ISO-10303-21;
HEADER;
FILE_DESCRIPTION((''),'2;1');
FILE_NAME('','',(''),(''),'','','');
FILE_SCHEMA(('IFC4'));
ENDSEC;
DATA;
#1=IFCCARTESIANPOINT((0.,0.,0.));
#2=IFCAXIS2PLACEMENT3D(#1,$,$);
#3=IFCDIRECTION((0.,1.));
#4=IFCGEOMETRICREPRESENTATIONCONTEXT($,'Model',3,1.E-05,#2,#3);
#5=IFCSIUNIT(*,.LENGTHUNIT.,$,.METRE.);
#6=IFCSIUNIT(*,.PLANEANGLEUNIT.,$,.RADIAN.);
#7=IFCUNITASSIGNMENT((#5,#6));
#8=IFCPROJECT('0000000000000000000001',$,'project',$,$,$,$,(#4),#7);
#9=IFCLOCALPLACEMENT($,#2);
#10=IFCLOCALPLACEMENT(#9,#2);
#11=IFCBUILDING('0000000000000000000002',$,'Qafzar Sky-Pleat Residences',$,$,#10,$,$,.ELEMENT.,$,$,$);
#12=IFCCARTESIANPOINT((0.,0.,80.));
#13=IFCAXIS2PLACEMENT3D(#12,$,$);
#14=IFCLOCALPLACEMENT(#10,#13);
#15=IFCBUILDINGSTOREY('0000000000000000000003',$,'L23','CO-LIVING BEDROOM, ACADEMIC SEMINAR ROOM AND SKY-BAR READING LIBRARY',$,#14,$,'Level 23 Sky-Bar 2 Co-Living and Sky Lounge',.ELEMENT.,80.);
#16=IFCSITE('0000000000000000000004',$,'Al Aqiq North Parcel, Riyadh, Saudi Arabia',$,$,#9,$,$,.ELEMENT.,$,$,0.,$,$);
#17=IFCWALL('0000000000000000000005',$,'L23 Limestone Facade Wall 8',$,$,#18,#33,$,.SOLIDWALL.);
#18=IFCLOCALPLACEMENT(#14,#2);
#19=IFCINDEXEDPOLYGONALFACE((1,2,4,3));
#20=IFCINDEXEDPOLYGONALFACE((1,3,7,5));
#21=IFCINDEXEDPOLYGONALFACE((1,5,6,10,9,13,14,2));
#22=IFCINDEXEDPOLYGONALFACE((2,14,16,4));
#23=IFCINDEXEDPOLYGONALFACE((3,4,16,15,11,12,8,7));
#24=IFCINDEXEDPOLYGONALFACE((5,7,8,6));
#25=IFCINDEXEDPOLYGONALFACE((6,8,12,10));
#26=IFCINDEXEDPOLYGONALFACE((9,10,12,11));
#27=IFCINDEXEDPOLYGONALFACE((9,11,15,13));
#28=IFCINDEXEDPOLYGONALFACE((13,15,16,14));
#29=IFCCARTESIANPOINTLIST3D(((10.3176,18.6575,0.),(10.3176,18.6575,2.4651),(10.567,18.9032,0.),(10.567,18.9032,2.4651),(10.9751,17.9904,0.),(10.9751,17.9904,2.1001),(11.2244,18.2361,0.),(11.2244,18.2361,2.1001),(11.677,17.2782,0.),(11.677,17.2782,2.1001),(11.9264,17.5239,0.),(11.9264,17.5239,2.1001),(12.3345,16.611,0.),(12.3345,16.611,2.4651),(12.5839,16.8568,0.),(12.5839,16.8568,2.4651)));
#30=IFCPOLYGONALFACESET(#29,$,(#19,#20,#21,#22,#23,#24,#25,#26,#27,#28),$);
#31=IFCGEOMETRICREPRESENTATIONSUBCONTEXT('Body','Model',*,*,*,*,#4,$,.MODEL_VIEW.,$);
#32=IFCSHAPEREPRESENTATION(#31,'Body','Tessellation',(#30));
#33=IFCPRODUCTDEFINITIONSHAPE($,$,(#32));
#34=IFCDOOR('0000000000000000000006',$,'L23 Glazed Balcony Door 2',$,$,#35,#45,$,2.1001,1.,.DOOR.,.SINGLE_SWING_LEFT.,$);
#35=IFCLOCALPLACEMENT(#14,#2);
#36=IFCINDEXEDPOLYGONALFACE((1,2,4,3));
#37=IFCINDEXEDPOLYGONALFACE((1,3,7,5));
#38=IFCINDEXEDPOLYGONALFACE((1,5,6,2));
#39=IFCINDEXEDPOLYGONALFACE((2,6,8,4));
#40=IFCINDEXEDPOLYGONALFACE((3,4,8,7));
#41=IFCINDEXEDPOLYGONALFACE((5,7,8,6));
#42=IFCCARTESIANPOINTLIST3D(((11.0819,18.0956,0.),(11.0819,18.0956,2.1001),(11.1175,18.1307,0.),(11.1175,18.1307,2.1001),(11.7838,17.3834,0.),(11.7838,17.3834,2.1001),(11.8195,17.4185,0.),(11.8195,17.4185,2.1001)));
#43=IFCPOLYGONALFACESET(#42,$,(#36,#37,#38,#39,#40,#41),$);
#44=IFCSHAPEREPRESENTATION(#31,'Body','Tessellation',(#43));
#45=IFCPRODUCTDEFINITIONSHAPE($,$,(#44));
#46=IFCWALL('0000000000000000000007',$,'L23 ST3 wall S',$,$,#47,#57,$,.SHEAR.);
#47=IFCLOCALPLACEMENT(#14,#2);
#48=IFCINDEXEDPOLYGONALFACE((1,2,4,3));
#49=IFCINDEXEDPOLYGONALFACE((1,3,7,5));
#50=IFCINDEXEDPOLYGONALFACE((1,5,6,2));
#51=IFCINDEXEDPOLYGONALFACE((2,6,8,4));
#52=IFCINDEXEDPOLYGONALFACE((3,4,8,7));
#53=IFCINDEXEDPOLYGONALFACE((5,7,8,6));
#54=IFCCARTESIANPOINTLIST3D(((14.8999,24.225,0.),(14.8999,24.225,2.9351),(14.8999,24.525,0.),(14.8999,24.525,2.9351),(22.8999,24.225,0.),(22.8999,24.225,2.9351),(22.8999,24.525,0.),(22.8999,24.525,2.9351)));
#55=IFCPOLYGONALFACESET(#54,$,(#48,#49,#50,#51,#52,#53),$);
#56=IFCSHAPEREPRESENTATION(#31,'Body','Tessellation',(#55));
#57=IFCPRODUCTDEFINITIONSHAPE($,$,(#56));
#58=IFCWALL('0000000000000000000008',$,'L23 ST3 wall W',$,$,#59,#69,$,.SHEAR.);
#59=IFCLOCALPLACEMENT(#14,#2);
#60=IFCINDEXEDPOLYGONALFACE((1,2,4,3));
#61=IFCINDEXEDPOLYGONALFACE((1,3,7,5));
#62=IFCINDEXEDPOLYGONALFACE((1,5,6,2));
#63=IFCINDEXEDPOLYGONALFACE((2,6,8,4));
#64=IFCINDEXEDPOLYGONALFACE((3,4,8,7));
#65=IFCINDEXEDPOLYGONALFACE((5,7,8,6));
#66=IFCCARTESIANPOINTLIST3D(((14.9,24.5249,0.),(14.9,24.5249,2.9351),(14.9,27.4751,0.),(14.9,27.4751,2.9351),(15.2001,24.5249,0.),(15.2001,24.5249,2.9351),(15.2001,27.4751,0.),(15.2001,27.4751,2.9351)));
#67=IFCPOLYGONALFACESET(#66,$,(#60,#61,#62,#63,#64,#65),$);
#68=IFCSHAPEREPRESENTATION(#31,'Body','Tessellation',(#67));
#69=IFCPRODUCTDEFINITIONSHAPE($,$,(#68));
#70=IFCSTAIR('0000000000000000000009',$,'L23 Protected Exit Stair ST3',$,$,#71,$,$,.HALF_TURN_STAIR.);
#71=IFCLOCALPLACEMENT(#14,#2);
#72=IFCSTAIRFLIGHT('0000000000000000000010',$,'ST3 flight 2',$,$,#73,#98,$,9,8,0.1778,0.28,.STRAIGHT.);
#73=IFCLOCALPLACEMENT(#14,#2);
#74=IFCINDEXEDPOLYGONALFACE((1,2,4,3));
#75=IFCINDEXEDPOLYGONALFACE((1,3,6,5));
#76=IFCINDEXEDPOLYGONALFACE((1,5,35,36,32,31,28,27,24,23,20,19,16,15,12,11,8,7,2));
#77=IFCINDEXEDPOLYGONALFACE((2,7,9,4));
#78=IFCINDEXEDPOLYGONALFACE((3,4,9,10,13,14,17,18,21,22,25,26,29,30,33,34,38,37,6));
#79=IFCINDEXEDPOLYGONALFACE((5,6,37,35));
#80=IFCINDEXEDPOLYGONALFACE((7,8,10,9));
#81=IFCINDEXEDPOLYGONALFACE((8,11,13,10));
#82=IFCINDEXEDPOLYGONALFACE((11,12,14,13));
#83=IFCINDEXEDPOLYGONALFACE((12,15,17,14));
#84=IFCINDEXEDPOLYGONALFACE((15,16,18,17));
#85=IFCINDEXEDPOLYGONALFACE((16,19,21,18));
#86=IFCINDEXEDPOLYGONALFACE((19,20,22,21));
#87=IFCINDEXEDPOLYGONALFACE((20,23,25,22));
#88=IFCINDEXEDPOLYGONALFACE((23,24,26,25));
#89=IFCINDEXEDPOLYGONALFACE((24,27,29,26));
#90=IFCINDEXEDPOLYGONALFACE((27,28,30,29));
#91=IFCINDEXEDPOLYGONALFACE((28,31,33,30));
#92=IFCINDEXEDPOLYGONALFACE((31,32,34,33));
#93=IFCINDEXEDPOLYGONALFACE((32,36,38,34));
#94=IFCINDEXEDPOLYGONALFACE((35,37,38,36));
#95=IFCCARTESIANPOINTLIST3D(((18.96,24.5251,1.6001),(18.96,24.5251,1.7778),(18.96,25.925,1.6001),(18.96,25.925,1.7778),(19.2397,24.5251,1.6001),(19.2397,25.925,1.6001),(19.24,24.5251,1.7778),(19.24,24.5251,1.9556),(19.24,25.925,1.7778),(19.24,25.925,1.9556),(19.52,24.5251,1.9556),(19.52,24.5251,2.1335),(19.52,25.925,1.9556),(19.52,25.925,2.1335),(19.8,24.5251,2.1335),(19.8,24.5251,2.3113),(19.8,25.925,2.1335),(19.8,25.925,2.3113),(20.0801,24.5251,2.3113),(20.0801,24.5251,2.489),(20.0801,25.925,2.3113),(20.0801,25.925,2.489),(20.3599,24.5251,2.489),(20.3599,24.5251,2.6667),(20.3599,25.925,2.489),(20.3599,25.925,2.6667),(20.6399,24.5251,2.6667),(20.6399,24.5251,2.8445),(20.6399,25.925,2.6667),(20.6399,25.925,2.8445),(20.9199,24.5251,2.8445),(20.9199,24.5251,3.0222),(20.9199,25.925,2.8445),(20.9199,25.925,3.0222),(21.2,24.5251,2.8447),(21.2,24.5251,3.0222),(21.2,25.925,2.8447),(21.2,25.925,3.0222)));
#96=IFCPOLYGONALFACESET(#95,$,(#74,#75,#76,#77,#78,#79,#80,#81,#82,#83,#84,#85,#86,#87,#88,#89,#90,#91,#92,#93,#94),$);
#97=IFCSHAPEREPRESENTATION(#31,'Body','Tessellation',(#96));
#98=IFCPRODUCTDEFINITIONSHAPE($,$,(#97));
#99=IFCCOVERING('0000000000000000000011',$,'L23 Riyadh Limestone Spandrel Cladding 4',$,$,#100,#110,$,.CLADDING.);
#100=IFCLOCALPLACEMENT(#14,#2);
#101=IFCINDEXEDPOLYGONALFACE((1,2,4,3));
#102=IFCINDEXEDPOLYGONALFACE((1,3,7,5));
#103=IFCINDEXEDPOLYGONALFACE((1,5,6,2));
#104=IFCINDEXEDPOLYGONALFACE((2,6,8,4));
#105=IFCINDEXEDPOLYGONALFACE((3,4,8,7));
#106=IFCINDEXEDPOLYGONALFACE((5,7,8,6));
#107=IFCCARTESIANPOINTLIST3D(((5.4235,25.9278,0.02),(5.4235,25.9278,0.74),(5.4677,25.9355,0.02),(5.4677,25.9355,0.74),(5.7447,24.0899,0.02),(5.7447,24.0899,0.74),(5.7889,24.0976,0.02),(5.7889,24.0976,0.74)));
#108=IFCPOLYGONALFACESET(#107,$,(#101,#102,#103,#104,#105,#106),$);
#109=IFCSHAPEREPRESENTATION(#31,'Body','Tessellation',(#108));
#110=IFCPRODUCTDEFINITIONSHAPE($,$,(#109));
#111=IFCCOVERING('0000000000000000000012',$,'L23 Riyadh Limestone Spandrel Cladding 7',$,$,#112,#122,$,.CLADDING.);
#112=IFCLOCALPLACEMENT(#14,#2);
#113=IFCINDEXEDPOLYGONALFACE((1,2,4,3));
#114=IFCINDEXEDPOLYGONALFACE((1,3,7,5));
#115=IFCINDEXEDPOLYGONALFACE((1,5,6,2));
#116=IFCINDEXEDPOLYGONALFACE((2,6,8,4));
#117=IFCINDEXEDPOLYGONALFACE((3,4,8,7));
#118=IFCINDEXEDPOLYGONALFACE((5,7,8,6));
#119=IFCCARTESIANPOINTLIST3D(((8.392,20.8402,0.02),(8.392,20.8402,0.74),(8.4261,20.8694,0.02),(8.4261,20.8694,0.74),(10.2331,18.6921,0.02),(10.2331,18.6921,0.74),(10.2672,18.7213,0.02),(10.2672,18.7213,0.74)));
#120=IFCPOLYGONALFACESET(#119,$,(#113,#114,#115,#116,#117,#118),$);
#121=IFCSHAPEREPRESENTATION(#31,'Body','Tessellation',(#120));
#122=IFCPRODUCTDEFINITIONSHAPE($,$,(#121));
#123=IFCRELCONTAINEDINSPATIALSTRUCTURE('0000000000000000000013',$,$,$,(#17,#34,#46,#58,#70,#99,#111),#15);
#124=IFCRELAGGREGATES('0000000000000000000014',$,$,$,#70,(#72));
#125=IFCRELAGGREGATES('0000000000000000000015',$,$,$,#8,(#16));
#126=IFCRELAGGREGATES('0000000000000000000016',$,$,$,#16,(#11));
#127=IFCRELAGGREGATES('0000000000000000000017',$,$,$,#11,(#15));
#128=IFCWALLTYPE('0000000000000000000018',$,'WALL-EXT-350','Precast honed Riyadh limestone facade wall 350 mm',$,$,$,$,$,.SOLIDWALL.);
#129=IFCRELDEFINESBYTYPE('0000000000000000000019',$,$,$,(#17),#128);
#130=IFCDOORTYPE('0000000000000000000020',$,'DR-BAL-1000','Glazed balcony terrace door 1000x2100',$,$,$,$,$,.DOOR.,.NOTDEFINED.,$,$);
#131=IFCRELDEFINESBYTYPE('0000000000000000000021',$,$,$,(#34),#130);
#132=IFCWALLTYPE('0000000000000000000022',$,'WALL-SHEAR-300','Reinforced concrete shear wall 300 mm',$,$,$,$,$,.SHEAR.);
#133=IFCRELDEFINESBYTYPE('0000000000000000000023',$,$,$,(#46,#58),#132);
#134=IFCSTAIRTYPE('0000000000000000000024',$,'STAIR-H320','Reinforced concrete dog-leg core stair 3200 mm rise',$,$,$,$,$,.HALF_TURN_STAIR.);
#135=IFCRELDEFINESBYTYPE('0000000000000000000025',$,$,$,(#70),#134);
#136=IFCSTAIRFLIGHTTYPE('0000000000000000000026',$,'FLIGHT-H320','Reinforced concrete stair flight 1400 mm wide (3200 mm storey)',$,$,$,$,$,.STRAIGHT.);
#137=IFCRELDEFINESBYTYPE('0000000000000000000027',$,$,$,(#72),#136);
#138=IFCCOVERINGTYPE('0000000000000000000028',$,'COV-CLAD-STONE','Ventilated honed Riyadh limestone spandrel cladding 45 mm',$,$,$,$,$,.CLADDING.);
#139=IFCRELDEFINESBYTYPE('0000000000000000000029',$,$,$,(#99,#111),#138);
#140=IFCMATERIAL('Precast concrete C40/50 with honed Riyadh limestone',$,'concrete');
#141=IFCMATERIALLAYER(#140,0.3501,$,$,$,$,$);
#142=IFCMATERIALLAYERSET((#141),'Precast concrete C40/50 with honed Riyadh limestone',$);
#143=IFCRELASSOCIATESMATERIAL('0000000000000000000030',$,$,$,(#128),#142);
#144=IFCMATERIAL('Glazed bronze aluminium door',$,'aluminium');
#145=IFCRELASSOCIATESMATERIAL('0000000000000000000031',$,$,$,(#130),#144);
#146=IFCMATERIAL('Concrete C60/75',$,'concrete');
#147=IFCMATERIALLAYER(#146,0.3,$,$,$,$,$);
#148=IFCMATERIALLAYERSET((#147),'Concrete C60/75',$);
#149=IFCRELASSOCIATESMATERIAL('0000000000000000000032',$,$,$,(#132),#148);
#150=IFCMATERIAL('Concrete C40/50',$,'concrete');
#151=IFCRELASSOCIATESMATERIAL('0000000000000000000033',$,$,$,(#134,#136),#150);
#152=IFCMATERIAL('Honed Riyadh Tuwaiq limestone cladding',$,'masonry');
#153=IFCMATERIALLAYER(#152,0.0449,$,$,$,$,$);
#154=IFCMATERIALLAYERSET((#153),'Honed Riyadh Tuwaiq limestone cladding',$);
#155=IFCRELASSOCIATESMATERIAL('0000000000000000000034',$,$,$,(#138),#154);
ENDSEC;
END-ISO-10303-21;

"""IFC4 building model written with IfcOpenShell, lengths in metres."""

from ifc_helpers import new_model, si_unit, direction, frame, frame_2d, origin, origin_2d, place, context, subcontext, project, spatial, polyline, rectangle, outline, extrude, source, transform, mapped, material, layer, layer_set, type_object, element, fill, aggregate, save


model = new_model("IFC4")

# Units and contexts
model_context = context("Model", 3, precision=1e-05, world=origin(), true_north=direction((0.0, 1.0)))
body_context = subcontext(model_context, "Body", "Model", "MODEL_VIEW")
ifc_project = project(units=[si_unit("LENGTHUNIT", "METRE"), si_unit("PLANEANGLEUNIT", "RADIAN")], contexts=[model_context])

# Site, building, storey
site_placement = place(None, origin())
site = spatial("IfcSite", under=ifc_project, at=site_placement, Name="Al Aqiq North Parcel, Riyadh, Saudi Arabia", CompositionType="ELEMENT", RefElevation=0.0)
building_placement = place(site_placement, origin())
building = spatial("IfcBuilding", under=site, at=building_placement, Name="Qafzar Sky-Pleat Residences", CompositionType="ELEMENT")
storey_placement = place(building_placement, frame((0.0, 0.0, 80.0)))
storey = spatial("IfcBuildingStorey", under=building, at=storey_placement, Name="L23", Description="CO-LIVING BEDROOM, ACADEMIC SEMINAR ROOM AND SKY-BAR READING LIBRARY", LongName="Level 23 Sky-Bar 2 Co-Living and Sky Lounge", CompositionType="ELEMENT", Elevation=80.0)

# Shared definitions
ifc_material_1 = material(Name="Precast concrete C40/50 with honed Riyadh limestone", Category="concrete")
ifc_layer_1 = layer(ifc_material_1, 0.3501)
ifc_layer_set_1 = layer_set([ifc_layer_1], Name="Precast concrete C40/50 with honed Riyadh limestone")
wall_type_1 = type_object("IfcWallType", Name="WALL-EXT-350", Description="Precast honed Riyadh limestone facade wall 350 mm", PredefinedType="SOLIDWALL", material=ifc_layer_set_1)

# Wall, opening, door
wall_1_placement = place(storey_placement, frame((10.4424, 18.7803, 0.0), z_axis=(0.0, 0.0, 1.0), x_axis=(0.701947, -0.712229, 0.0)))
wall_1 = element("IfcWall", 1, at=wall_1_placement, inside=storey, type_object=wall_type_1, Name="L23 Limestone Facade Wall 8", PredefinedType="SOLIDWALL", context=body_context, shape_type="SweptSolid", body=[
    extrude(rectangle(XDim=2.8733, YDim=0.3501, at=frame_2d((1.4365, 0.0))), origin(), (0.0, 0.0, 1.0), 2.4651),
])
opening_1_placement = place(wall_1_placement, frame((0.9365, 0.0, 0.0)))
opening_1 = element("IfcOpeningElement", 2, at=opening_1_placement, cuts=wall_1, PredefinedType="OPENING", context=body_context, shape_type="SweptSolid", body=[
    extrude(rectangle(XDim=1.0, YDim=2.1001, at=frame_2d((0.5, 1.05))), frame((0.0, 0.1851, 0.0), z_axis=(0.0, -1.0, 0.0), x_axis=(1.0, 0.0, 0.0)), (0.0, 0.0, 1.0), 0.3701),
])
ifc_material_2 = material(Name="Glazed bronze aluminium door", Category="aluminium")
door_type = type_object("IfcDoorType", Name="DR-BAL-1000", Description="Glazed balcony terrace door 1000x2100", OperationType="NOTDEFINED", PredefinedType="DOOR", material=ifc_material_2)
shared_shape_1 = source(origin(), body_context, "Body", "SweptSolid", [
    extrude(rectangle(XDim=1.0, YDim=2.1001, at=frame_2d((0.5, 1.05))), frame((0.0, 0.0249, 0.0), z_axis=(0.0, -1.0, 0.0), x_axis=(1.0, 0.0, 0.0)), (0.0, 0.0, 1.0), 0.05),
])
door_placement = place(opening_1_placement, origin())
door = element("IfcDoor", 3, at=door_placement, inside=storey, type_object=door_type, Name="L23 Glazed Balcony Door 2", OperationType="SINGLE_SWING_LEFT", OverallHeight=2.1001, OverallWidth=1.0, PredefinedType="DOOR", context=body_context, shape_type="MappedRepresentation", body=[
    mapped(shared_shape_1, transform((0.0, 0.0, 0.0), x_axis=(1.0, 0.0, 0.0), y_axis=(0.0, 1.0, 0.0), z_axis=(0.0, 0.0, 1.0), scale=1.0)),
])
fill(opening_1, door)

# Walls
ifc_material_3 = material(Name="Concrete C60/75", Category="concrete")
ifc_layer_2 = layer(ifc_material_3, 0.3)
ifc_layer_set_2 = layer_set([ifc_layer_2], Name="Concrete C60/75")
wall_type_2 = type_object("IfcWallType", Name="WALL-SHEAR-300", Description="Reinforced concrete shear wall 300 mm", PredefinedType="SHEAR", material=ifc_layer_set_2)
wall_2_placement = place(storey_placement, frame((14.8999, 24.375, 0.0), z_axis=(0.0, 0.0, 1.0), x_axis=(1.0, 0.0, 0.0)))
element("IfcWall", 4, at=wall_2_placement, inside=storey, type_object=wall_type_2, Name="L23 ST3 wall S", PredefinedType="SHEAR", context=body_context, shape_type="SweptSolid", body=[
    extrude(rectangle(XDim=8.0, YDim=0.3, at=frame_2d((4.0, 0.0))), origin(), (0.0, 0.0, 1.0), 2.9351),
])
wall_3_placement = place(storey_placement, frame((15.05, 27.4751, 0.0), z_axis=(0.0, 0.0, 1.0), x_axis=(0.0, -1.0, 0.0)))
element("IfcWall", 5, at=wall_3_placement, inside=storey, type_object=wall_type_2, Name="L23 ST3 wall W", PredefinedType="SHEAR", context=body_context, shape_type="SweptSolid", body=[
    extrude(rectangle(XDim=2.9502, YDim=0.3, at=frame_2d((1.4751, 0.0))), origin(), (0.0, 0.0, 1.0), 2.9351),
])

# Stair, stair flight
ifc_material_4 = material(Name="Concrete C40/50", Category="concrete")
stair_type = type_object("IfcStairType", Name="STAIR-H320", Description="Reinforced concrete dog-leg core stair 3200 mm rise", PredefinedType="HALF_TURN_STAIR", material=ifc_material_4)
stair_placement = place(storey_placement, origin())
stair = element("IfcStair", 6, at=stair_placement, inside=storey, type_object=stair_type, Name="L23 Protected Exit Stair ST3", PredefinedType="HALF_TURN_STAIR")
stair_flight_type = type_object("IfcStairFlightType", Name="FLIGHT-H320", Description="Reinforced concrete stair flight 1400 mm wide (3200 mm storey)", PredefinedType="STRAIGHT", material=ifc_material_4)
shared_shape_2 = source(origin(), body_context, "Body", "SweptSolid", [
    extrude(outline(polyline([(0.0, 0.0), (0.0, 0.1777), (0.28, 0.1777), (0.28, 0.3555), (0.5601, 0.3555), (0.5601, 0.5334), (0.8401, 0.5334), (0.8401, 0.7112), (1.1201, 0.7112), (1.1201, 0.8889), (1.3999, 0.8889), (1.3999, 1.0667), (1.6799, 1.0667), (1.6799, 1.2444), (1.96, 1.2444), (1.96, 1.4221), (2.24, 1.4221), (2.24, 1.6001), (2.24, 1.2446), (0.2798, 0.0), (0.0, 0.0)])), frame((0.0, 0.7, 0.0), z_axis=(0.0, -1.0, 0.0), x_axis=(1.0, 0.0, 0.0)), (0.0, 0.0, 1.0), 1.3999),
])
stair_flight_placement = place(storey_placement, frame((18.96, 25.2251, 1.6001), z_axis=(0.0, 0.0, 1.0), x_axis=(1.0, 0.0, 0.0)))
stair_flight = element("IfcStairFlight", 7, at=stair_flight_placement, type_object=stair_flight_type, Name="ST3 flight 2", NumberOfRisers=9, NumberOfTreads=8, PredefinedType="STRAIGHT", RiserHeight=0.1778, TreadLength=0.28, context=body_context, shape_type="MappedRepresentation", body=[
    mapped(shared_shape_2, transform((0.0, 0.0, 0.0), x_axis=(1.0, 0.0, 0.0), y_axis=(0.0, 1.0, 0.0), z_axis=(0.0, 0.0, 1.0), scale=1.0)),
])
aggregate(stair, [stair_flight])

# Covering
ifc_material_5 = material(Name="Honed Riyadh Tuwaiq limestone cladding", Category="masonry")
ifc_layer_3 = layer(ifc_material_5, 0.0449)
ifc_layer_set_3 = layer_set([ifc_layer_3], Name="Honed Riyadh Tuwaiq limestone cladding")
covering_type = type_object("IfcCoveringType", Name="COV-CLAD-STONE", Description="Ventilated honed Riyadh limestone spandrel cladding 45 mm", PredefinedType="CLADDING", material=ifc_layer_set_3)
shared_shape_3 = source(origin(), body_context, "Body", "SweptSolid", [
    extrude(rectangle(XDim=1.8657, YDim=0.0449, at=origin_2d()), origin(), (0.0, 0.0, 1.0), 0.72),
])
covering_1_placement = place(storey_placement, frame((5.6062, 25.0127, 0.02), z_axis=(0.0, 0.0, 1.0), x_axis=(0.172162, -0.985069, 0.0)))
element("IfcCovering", 8, at=covering_1_placement, inside=storey, type_object=covering_type, Name="L23 Riyadh Limestone Spandrel Cladding 4", PredefinedType="CLADDING", context=body_context, shape_type="MappedRepresentation", body=[
    mapped(shared_shape_3, transform((0.0, 0.0, 0.0), x_axis=(1.0, 0.0, 0.0), y_axis=(0.0, 1.0, 0.0), z_axis=(0.0, 0.0, 1.0), scale=1.0)),
])

# Covering
shared_shape_4 = source(origin(), body_context, "Body", "SweptSolid", [
    extrude(rectangle(XDim=2.8291, YDim=0.0449, at=origin_2d()), origin(), (0.0, 0.0, 1.0), 0.72),
])
covering_2_placement = place(storey_placement, frame((9.3296, 19.7808, 0.02), z_axis=(0.0, 0.0, 1.0), x_axis=(0.650752, -0.75929, 0.0)))
element("IfcCovering", 9, at=covering_2_placement, inside=storey, type_object=covering_type, Name="L23 Riyadh Limestone Spandrel Cladding 7", PredefinedType="CLADDING", context=body_context, shape_type="MappedRepresentation", body=[
    mapped(shared_shape_4, transform((0.0, 0.0, 0.0), x_axis=(1.0, 0.0, 0.0), y_axis=(0.0, 1.0, 0.0), z_axis=(0.0, 0.0, 1.0), scale=1.0)),
])

save(model, "model.ifc")
